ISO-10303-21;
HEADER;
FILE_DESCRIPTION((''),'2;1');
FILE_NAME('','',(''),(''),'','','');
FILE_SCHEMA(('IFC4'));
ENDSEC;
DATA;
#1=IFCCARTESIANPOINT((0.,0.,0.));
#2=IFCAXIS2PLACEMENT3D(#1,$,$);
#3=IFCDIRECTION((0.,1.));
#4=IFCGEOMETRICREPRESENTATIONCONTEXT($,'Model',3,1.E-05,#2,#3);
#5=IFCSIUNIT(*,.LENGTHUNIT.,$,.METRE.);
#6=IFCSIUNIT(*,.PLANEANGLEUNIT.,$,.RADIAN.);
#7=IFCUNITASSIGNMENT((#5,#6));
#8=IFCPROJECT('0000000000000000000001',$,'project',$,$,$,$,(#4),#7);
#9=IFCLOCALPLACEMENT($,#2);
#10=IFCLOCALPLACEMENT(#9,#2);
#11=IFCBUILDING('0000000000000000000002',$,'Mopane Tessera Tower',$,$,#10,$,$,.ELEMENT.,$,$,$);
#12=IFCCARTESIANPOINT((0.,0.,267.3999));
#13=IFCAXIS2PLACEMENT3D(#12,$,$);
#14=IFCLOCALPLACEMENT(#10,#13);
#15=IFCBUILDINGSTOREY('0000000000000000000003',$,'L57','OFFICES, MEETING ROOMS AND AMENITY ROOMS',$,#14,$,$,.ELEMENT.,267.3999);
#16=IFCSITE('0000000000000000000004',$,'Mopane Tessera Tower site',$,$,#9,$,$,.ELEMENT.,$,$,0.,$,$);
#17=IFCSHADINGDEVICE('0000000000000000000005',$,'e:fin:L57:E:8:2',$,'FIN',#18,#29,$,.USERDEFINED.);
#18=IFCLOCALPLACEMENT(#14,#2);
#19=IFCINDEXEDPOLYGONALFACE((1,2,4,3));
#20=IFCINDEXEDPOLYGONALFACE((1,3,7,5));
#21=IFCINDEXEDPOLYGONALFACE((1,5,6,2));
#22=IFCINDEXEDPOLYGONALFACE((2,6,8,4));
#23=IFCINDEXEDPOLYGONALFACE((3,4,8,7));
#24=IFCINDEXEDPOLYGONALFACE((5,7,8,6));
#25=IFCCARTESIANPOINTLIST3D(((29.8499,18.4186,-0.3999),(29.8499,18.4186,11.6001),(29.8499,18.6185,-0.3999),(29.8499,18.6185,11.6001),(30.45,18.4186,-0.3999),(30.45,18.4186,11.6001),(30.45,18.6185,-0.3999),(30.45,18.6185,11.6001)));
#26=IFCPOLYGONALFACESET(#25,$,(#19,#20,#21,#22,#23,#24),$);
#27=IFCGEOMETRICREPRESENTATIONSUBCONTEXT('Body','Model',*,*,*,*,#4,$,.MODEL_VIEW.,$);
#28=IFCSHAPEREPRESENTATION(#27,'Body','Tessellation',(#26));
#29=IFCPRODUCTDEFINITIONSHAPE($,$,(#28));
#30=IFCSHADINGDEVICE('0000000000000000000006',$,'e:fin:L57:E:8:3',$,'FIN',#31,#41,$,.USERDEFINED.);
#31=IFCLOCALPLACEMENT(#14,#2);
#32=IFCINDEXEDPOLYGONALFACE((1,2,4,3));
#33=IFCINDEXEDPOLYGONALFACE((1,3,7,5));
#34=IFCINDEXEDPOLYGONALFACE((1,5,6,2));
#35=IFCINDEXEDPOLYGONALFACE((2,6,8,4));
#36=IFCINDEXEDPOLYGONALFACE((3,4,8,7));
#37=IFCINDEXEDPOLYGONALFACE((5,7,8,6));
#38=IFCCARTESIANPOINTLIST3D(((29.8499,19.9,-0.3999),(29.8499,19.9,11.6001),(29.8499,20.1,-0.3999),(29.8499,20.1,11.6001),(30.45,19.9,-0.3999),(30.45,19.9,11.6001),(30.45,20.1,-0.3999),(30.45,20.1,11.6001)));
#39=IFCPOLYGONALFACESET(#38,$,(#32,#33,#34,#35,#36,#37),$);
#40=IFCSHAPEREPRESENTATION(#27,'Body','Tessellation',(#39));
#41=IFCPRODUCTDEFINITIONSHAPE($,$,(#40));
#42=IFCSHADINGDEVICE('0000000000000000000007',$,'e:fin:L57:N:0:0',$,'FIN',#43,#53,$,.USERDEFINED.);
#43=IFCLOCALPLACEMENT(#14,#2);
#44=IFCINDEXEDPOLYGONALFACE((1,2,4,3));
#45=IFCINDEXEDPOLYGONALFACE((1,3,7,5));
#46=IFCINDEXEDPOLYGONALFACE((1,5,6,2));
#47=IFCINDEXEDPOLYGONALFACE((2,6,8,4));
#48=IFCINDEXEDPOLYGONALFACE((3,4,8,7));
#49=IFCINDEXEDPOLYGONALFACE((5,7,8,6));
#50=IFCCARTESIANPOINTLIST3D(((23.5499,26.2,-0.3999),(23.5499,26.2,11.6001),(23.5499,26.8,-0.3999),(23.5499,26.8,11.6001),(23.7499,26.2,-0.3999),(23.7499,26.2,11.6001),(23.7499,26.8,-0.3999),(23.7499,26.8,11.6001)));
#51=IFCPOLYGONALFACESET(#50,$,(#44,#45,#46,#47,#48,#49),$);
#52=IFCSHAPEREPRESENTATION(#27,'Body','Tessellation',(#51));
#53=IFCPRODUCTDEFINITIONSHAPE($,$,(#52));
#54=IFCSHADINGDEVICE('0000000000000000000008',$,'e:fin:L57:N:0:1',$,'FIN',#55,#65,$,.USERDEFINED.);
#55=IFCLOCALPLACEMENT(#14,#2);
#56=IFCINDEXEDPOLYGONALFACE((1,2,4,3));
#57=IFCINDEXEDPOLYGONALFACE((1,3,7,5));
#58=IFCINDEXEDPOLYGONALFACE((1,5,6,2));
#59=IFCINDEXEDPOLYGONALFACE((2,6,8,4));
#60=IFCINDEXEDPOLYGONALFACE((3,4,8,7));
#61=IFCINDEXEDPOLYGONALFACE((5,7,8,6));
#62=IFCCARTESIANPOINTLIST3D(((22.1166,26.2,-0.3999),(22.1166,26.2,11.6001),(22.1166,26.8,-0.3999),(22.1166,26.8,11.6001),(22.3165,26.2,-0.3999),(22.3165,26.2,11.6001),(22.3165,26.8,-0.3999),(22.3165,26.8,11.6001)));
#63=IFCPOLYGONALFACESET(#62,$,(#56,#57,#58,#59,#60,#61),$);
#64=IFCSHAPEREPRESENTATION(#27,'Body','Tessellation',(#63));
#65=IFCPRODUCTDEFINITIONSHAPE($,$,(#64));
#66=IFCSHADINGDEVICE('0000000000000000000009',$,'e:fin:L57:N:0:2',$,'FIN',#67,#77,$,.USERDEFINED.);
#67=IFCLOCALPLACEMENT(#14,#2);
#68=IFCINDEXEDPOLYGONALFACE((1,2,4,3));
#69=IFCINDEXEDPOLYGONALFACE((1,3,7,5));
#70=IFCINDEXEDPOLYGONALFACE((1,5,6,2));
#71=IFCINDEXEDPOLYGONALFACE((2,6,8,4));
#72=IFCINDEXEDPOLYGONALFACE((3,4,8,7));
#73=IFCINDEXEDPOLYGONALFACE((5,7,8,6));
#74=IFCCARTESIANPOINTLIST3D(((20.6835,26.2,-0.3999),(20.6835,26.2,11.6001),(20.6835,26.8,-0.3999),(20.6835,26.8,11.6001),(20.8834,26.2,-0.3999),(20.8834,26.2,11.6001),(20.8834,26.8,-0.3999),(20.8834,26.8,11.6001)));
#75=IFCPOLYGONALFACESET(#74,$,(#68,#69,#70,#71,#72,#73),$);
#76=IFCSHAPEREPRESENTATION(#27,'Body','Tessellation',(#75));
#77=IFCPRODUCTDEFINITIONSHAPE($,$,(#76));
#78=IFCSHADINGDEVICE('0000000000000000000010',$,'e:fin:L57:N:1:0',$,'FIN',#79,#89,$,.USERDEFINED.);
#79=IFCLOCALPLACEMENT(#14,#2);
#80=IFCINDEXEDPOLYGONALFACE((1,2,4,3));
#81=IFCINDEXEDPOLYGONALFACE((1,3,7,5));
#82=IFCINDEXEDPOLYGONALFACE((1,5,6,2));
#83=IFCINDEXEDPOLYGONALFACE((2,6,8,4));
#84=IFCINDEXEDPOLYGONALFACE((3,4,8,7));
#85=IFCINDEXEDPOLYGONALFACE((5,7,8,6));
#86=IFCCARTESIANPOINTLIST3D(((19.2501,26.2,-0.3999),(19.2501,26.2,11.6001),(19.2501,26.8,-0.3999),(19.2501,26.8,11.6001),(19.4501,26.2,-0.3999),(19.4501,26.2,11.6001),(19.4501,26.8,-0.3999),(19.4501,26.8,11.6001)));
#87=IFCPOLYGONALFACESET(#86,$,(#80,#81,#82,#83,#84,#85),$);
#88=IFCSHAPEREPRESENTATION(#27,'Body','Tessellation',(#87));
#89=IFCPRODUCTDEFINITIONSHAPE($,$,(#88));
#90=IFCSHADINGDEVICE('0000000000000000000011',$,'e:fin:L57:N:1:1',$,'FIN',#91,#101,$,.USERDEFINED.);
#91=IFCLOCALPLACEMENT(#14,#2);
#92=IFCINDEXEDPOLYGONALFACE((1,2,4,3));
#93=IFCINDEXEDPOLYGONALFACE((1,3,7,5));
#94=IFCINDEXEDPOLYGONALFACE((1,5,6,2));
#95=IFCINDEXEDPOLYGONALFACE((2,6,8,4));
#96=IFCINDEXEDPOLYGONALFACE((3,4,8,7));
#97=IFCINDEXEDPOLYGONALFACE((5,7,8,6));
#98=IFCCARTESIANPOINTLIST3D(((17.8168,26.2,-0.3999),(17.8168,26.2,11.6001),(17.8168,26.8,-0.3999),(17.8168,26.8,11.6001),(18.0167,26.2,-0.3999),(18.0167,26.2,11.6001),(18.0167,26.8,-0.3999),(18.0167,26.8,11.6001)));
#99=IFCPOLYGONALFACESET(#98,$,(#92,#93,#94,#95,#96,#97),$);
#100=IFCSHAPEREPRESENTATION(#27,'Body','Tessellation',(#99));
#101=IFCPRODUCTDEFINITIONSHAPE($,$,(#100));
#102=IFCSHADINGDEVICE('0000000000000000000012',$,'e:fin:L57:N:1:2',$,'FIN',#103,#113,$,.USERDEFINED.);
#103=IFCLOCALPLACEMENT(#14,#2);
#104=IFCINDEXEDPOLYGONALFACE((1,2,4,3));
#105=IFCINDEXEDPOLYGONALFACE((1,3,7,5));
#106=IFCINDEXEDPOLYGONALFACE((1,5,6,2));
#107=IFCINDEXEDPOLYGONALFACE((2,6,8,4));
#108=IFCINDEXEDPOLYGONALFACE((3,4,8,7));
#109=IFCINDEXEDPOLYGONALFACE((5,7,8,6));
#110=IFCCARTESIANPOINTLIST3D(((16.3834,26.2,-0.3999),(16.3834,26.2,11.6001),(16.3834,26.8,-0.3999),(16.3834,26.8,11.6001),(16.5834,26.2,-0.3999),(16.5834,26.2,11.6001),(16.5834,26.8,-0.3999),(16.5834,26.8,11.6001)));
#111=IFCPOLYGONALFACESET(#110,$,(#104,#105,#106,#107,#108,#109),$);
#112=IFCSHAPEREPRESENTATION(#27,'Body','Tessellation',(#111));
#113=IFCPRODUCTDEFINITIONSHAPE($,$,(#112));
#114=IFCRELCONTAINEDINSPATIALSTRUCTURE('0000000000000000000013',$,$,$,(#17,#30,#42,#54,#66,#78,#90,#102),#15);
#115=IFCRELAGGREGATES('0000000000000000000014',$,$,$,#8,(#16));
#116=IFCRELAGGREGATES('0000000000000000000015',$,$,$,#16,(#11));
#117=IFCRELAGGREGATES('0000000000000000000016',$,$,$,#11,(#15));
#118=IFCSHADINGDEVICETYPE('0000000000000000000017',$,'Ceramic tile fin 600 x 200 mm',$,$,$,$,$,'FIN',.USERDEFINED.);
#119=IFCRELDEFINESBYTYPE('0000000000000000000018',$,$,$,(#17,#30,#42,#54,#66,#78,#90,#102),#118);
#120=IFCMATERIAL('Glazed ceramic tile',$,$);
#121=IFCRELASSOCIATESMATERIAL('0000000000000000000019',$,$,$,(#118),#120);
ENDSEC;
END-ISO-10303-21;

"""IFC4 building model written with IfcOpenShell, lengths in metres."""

from ifc_helpers import new_model, si_unit, direction, frame, origin, origin_2d, place, context, subcontext, project, spatial, rectangle, extrude, material, type_object, element, save


model = new_model("IFC4")

# Units and contexts
model_context = context("Model", 3, precision=1e-05, world=origin(), true_north=direction((0.0, 1.0)))
body_context = subcontext(model_context, "Body", "Model", "MODEL_VIEW")
ifc_project = project(units=[si_unit("LENGTHUNIT", "METRE"), si_unit("PLANEANGLEUNIT", "RADIAN")], contexts=[model_context])

# Site, building, storey
site_placement = place(None, origin())
site = spatial("IfcSite", under=ifc_project, at=site_placement, Name="Mopane Tessera Tower site", CompositionType="ELEMENT", RefElevation=0.0)
building_placement = place(site_placement, origin())
building = spatial("IfcBuilding", under=site, at=building_placement, Name="Mopane Tessera Tower", CompositionType="ELEMENT")
storey_placement = place(building_placement, frame((0.0, 0.0, 267.3999)))
storey = spatial("IfcBuildingStorey", under=building, at=storey_placement, Name="L57", Description="OFFICES, MEETING ROOMS AND AMENITY ROOMS", CompositionType="ELEMENT", Elevation=267.3999)

# Shading devices
ifc_material_1 = material(Name="Glazed ceramic tile")
shading_device_type = type_object("IfcShadingDeviceType", Name="Ceramic tile fin 600 x 200 mm", ElementType="FIN", PredefinedType="USERDEFINED", material=ifc_material_1)
for number, where, z_axis, x_axis, name in (
    (1, (30.1499, 18.5186, -0.3999), (0.0, 0.0, 1.0), (0.0, 1.0, 0.0), "e:fin:L57:E:8:2"),
    (2, (30.1499, 20.0, -0.3999), (0.0, 0.0, 1.0), (0.0, 1.0, 0.0), "e:fin:L57:E:8:3"),
    (3, (23.6499, 26.5, -0.3999), (0.0, 0.0, 1.0), (-1.0, 0.0, 0.0), "e:fin:L57:N:0:0"),
    (4, (22.2166, 26.5, -0.3999), (0.0, 0.0, 1.0), (-1.0, 0.0, 0.0), "e:fin:L57:N:0:1"),
    (5, (20.7834, 26.5, -0.3999), (0.0, 0.0, 1.0), (-1.0, 0.0, 0.0), "e:fin:L57:N:0:2"),
    (6, (19.3501, 26.5, -0.3999), (0.0, 0.0, 1.0), (-1.0, 0.0, 0.0), "e:fin:L57:N:1:0"),
    (7, (17.9167, 26.5, -0.3999), (0.0, 0.0, 1.0), (-1.0, 0.0, 0.0), "e:fin:L57:N:1:1"),
    (8, (16.4834, 26.5, -0.3999), (0.0, 0.0, 1.0), (-1.0, 0.0, 0.0), "e:fin:L57:N:1:2"),
):
    element("IfcShadingDevice", number, at=place(storey_placement, frame(where, z_axis=z_axis, x_axis=x_axis)), inside=storey, type_object=shading_device_type, Name=name, ObjectType="FIN", PredefinedType="USERDEFINED", context=body_context, shape_type="SweptSolid", body=[
        extrude(rectangle(XDim=0.2, YDim=0.6001, at=origin_2d()), origin(), (0.0, 0.0, 1.0), 12.0),
    ])

save(model, "model.ifc")
